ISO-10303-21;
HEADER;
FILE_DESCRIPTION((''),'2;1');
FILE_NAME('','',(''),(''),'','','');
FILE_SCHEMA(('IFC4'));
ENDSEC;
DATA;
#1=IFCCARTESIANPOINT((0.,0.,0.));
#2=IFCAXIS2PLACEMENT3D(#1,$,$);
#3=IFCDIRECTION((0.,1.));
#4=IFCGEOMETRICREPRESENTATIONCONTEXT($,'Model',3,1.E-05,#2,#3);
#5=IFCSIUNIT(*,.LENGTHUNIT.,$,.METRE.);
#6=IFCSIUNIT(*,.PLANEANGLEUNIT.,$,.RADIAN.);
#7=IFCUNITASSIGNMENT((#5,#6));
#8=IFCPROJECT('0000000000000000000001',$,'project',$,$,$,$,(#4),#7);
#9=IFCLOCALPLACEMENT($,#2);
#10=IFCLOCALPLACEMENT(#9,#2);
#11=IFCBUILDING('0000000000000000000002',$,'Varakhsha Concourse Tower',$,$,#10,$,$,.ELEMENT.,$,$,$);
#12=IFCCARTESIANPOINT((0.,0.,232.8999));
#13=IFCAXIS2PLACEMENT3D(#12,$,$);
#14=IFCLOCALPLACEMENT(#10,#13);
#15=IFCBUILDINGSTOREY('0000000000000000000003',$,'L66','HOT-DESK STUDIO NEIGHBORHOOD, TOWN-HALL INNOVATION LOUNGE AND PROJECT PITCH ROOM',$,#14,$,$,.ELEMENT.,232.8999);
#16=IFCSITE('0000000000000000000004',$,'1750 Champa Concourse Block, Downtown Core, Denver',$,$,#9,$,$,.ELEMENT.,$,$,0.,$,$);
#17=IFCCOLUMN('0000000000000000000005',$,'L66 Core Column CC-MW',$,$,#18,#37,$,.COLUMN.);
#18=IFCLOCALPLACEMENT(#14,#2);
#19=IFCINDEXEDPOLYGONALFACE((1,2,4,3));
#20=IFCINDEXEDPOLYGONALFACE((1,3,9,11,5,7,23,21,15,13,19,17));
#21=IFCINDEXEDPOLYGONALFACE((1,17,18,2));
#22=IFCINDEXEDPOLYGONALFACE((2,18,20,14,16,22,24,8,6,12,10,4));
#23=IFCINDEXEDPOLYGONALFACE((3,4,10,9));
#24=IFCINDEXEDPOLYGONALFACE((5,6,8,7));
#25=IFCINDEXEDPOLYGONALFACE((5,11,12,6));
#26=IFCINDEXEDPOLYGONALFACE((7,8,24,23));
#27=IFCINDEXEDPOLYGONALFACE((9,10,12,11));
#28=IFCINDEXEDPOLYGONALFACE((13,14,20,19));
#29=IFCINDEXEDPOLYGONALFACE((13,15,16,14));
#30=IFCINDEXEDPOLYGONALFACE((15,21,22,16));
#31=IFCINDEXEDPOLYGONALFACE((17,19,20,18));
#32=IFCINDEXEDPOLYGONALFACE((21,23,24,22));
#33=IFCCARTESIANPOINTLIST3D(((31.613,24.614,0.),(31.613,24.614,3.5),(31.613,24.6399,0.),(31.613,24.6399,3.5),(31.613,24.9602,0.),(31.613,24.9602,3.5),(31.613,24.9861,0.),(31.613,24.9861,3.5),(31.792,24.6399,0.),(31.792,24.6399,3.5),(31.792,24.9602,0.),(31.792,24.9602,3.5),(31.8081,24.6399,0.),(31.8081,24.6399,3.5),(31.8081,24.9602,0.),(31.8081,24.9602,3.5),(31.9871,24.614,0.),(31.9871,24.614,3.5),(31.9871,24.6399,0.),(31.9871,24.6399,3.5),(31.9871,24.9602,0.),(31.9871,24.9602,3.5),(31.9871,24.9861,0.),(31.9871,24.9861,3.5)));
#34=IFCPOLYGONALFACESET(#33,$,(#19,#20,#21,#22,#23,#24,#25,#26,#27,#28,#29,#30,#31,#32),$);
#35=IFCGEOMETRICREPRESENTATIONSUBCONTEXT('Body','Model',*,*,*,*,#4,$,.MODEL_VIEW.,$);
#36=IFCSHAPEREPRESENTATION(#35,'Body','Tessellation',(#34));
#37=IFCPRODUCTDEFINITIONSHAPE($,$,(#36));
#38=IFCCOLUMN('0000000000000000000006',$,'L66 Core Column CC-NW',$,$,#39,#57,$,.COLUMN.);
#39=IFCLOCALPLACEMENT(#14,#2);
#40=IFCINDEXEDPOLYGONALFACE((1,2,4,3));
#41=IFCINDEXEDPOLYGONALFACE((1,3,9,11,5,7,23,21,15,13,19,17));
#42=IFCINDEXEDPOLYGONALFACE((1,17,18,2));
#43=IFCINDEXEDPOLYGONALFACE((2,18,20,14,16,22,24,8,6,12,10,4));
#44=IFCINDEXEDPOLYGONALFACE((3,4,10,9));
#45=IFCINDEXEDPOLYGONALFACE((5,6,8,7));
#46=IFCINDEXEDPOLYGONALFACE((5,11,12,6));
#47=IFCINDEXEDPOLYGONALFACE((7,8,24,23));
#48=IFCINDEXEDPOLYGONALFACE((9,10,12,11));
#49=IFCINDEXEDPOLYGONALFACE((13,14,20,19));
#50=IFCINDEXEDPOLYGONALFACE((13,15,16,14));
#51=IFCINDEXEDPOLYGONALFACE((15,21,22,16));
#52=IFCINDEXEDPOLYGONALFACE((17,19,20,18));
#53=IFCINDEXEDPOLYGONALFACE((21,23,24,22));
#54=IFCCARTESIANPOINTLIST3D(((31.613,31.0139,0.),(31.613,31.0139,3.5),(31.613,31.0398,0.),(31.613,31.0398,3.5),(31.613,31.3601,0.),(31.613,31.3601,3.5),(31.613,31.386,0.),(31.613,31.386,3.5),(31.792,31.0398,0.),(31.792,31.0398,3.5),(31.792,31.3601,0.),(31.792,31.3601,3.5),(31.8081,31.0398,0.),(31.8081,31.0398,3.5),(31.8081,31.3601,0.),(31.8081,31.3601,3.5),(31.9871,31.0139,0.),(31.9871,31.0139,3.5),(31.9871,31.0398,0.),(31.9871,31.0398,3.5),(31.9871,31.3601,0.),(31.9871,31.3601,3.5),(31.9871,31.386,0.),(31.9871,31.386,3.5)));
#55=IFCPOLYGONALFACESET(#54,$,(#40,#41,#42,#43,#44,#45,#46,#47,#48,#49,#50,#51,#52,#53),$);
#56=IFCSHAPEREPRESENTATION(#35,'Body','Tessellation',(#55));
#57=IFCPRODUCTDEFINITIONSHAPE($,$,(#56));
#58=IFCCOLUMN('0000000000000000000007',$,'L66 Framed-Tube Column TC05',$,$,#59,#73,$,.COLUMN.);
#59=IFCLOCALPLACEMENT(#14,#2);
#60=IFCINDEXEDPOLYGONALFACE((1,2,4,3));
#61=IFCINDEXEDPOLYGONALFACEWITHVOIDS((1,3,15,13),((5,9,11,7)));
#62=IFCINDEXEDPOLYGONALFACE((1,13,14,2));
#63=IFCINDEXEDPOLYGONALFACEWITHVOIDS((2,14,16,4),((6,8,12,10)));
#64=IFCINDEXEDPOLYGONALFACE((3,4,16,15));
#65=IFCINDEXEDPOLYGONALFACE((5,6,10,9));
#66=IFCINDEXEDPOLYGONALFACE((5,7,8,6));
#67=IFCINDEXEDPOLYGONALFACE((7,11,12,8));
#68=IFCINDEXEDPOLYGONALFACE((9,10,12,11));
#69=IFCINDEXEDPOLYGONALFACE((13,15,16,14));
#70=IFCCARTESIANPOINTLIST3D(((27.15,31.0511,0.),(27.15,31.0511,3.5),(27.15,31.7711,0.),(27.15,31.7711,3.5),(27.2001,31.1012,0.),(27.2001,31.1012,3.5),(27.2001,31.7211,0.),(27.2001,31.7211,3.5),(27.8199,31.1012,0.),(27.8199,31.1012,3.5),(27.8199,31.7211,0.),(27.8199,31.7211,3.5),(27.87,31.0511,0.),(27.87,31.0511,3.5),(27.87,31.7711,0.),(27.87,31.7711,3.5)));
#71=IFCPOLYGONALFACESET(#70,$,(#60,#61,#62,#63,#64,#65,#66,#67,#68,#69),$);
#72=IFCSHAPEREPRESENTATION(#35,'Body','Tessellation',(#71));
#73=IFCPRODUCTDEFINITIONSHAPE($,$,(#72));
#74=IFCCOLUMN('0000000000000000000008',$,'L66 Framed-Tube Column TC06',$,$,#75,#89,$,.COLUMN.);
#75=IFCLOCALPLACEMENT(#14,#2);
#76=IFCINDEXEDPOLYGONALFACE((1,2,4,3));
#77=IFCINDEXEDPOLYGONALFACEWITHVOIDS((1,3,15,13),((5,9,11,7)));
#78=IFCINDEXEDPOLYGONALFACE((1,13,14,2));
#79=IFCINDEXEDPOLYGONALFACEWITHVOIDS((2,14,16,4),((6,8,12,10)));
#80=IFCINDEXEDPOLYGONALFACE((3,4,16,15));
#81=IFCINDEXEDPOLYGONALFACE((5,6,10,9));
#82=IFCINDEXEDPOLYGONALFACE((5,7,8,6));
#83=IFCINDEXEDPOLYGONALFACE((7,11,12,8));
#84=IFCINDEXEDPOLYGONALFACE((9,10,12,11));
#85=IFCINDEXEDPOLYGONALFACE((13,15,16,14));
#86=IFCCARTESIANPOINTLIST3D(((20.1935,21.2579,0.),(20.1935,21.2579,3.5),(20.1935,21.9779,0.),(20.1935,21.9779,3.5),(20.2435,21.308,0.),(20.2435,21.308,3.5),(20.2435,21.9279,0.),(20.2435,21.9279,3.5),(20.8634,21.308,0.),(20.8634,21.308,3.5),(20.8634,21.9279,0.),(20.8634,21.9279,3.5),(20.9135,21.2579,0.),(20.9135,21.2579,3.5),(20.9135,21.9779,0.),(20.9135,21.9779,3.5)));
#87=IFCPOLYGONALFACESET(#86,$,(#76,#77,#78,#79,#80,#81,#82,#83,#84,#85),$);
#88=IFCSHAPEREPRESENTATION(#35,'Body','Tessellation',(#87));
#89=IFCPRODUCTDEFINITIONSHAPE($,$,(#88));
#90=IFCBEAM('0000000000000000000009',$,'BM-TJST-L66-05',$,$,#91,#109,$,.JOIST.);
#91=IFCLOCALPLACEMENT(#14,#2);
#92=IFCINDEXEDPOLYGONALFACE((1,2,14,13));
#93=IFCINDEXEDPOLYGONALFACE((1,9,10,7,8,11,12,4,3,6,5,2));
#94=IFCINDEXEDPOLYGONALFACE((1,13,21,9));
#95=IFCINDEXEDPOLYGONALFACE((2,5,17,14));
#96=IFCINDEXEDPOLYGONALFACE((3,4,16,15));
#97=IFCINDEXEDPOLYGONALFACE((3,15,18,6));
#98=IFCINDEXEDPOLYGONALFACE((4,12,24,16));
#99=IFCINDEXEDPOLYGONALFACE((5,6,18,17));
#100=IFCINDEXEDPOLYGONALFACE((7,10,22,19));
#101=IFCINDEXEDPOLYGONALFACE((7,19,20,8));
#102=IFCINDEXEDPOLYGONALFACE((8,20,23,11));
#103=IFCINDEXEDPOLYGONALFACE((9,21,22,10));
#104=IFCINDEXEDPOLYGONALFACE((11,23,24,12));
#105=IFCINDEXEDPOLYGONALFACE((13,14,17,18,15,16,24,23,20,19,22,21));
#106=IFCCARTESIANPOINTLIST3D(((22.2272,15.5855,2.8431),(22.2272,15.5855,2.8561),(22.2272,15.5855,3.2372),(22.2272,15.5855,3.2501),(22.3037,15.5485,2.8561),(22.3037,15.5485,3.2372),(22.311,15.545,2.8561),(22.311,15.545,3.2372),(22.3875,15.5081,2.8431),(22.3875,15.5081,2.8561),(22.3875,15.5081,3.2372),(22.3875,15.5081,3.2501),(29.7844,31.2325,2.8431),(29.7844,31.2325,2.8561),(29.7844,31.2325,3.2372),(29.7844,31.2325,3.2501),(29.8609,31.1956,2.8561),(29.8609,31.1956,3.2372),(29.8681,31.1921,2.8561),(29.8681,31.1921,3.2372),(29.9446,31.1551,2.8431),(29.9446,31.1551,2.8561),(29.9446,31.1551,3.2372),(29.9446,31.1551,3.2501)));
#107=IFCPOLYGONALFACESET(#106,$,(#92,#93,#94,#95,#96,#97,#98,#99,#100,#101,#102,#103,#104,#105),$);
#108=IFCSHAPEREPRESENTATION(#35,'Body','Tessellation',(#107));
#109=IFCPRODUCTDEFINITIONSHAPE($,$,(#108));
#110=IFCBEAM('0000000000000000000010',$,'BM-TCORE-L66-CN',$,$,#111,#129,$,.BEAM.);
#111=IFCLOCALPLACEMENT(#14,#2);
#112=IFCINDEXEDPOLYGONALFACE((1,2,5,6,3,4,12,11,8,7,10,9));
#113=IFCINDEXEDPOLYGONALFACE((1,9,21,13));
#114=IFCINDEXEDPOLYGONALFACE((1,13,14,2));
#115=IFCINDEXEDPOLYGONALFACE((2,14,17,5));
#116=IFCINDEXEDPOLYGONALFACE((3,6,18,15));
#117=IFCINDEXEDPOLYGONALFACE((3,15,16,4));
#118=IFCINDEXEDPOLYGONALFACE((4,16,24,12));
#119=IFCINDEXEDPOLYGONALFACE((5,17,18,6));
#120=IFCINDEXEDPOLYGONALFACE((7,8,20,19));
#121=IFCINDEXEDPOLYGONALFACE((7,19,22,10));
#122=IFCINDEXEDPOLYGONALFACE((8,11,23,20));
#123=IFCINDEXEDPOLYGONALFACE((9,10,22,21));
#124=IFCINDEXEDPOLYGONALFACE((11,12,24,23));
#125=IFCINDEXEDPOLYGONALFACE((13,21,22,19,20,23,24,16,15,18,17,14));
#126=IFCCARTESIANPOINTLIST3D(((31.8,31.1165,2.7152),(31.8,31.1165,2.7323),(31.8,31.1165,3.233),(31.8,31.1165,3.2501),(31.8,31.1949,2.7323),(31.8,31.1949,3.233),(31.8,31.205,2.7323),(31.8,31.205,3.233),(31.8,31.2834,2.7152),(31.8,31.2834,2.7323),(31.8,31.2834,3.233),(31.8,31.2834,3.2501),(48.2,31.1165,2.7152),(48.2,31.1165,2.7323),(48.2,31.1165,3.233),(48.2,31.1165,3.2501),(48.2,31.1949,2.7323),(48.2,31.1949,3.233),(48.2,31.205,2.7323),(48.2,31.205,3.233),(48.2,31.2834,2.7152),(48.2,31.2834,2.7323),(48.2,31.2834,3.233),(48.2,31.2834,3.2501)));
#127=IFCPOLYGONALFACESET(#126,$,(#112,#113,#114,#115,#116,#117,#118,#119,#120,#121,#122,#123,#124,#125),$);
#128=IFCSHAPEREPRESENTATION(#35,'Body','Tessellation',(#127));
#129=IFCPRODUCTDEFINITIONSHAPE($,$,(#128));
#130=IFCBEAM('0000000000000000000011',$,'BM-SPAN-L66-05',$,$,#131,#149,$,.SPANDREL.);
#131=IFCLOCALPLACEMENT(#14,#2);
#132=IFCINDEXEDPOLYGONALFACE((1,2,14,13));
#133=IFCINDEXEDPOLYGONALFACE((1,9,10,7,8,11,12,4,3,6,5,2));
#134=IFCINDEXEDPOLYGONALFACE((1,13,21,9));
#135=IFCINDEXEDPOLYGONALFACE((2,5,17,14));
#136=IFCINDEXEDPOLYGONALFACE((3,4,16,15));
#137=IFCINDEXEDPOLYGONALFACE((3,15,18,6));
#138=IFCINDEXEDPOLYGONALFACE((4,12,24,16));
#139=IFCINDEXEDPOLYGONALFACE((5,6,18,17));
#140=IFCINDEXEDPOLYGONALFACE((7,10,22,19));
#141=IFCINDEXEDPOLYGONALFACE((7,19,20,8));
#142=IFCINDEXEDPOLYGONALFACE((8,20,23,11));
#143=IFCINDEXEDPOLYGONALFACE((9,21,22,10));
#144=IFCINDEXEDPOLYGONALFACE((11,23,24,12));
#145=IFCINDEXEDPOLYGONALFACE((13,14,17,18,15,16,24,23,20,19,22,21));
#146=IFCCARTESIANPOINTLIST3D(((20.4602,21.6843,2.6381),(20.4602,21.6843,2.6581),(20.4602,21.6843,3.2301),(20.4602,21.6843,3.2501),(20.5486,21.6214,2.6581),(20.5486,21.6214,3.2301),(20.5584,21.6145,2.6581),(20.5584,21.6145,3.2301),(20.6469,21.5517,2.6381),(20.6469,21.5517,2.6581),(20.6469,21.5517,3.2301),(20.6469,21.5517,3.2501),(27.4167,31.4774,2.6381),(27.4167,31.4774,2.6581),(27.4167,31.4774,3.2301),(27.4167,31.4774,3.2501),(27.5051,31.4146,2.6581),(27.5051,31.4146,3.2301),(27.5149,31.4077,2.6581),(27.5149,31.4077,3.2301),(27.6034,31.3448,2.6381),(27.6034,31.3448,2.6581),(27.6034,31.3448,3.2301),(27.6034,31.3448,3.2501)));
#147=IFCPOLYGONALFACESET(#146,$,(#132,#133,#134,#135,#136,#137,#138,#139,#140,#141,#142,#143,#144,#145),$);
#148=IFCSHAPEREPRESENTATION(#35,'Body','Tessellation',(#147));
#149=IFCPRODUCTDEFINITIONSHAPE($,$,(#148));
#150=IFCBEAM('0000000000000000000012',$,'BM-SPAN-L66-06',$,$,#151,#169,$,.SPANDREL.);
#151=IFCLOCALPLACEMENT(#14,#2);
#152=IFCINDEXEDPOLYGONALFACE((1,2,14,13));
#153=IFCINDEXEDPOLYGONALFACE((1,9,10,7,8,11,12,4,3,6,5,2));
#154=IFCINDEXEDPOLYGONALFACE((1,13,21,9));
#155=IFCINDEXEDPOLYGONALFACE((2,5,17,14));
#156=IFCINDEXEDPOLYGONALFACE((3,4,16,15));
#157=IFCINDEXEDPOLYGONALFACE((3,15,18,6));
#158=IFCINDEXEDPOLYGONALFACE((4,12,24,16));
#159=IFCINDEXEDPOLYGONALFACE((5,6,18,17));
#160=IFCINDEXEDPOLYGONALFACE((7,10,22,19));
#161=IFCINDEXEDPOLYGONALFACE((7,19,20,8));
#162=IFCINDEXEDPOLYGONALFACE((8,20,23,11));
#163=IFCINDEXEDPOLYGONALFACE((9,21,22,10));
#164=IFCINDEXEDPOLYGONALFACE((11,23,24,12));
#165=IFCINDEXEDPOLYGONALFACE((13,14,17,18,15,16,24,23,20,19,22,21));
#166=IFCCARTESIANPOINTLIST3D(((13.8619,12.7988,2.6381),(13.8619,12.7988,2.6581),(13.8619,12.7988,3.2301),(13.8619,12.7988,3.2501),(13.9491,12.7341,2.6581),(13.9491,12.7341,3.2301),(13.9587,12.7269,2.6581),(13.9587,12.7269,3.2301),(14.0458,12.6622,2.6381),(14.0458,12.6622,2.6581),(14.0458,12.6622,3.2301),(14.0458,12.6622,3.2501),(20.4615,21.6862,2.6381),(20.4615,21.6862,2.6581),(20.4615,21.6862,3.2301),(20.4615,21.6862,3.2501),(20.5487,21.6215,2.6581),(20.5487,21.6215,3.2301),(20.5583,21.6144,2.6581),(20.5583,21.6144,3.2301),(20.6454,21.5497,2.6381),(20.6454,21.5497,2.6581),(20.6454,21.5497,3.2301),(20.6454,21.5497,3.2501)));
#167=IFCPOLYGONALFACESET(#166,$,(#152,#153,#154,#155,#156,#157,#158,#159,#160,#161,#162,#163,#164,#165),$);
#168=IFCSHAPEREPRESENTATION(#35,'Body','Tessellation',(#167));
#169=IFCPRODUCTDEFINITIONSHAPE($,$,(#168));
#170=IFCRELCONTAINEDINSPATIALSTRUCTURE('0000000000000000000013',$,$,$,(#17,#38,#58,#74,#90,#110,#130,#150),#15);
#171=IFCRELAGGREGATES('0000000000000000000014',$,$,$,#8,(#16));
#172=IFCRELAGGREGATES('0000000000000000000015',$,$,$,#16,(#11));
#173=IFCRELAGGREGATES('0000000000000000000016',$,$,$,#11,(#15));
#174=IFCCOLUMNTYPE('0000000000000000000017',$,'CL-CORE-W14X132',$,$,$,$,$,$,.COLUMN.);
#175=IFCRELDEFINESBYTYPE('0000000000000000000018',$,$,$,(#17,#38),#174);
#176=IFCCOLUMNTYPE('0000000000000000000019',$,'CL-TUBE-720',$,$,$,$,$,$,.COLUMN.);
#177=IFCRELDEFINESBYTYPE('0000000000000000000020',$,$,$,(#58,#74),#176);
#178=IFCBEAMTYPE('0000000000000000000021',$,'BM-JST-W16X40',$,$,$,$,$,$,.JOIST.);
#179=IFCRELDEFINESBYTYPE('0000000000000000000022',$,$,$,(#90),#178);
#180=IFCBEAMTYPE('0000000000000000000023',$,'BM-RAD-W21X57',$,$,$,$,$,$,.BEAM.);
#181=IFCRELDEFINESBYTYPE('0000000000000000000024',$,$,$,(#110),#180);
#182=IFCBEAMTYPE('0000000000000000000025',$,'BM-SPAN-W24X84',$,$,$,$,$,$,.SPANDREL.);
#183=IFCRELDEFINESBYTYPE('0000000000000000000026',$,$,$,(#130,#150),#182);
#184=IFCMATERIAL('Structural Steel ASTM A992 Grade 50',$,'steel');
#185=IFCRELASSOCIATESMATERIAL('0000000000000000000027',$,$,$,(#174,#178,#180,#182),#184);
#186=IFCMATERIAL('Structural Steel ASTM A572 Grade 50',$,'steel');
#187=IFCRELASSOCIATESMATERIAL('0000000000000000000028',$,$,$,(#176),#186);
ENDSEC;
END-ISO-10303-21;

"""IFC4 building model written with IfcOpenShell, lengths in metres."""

from ifc_helpers import new_model, si_unit, direction, frame, origin, origin_2d, place, context, subcontext, project, spatial, hollow_rectangle, i_section, extrude, material, material_profile, profile_set, type_object, element, save


model = new_model("IFC4")

# Units and contexts
model_context = context("Model", 3, precision=1e-05, world=origin(), true_north=direction((0.0, 1.0)))
body_context = subcontext(model_context, "Body", "Model", "MODEL_VIEW")
ifc_project = project(units=[si_unit("LENGTHUNIT", "METRE"), si_unit("PLANEANGLEUNIT", "RADIAN")], contexts=[model_context])

# Site, building, storey
site_placement = place(None, origin())
site = spatial("IfcSite", under=ifc_project, at=site_placement, Name="1750 Champa Concourse Block, Downtown Core, Denver", CompositionType="ELEMENT", RefElevation=0.0)
building_placement = place(site_placement, origin())
building = spatial("IfcBuilding", under=site, at=building_placement, Name="Varakhsha Concourse Tower", CompositionType="ELEMENT")
storey_placement = place(building_placement, frame((0.0, 0.0, 232.8999)))
storey = spatial("IfcBuildingStorey", under=building, at=storey_placement, Name="L66", Description="HOT-DESK STUDIO NEIGHBORHOOD, TOWN-HALL INNOVATION LOUNGE AND PROJECT PITCH ROOM", CompositionType="ELEMENT", Elevation=232.8999)

# Columns
ifc_material_1 = material(Name="Structural Steel ASTM A992 Grade 50", Category="steel")
ifc_material_profile_1 = material_profile(ifc_material_1, i_section(OverallWidth=0.374, OverallDepth=0.3721, WebThickness=0.0161, FlangeThickness=0.0259, at=origin_2d()), Name="W14X132")
ifc_profile_set_1 = profile_set([ifc_material_profile_1], Name="Structural Steel ASTM A992 Grade 50")
column_type_1 = type_object("IfcColumnType", Name="CL-CORE-W14X132", PredefinedType="COLUMN", material=ifc_profile_set_1)
for number, where, z_axis, x_axis, name in (
    (1, (31.8, 24.8, 0.0), (0.0, 0.0, 1.0), (1.0, 0.0, 0.0), "L66 Core Column CC-MW"),
    (2, (31.8, 31.2, 0.0), (0.0, 0.0, 1.0), (1.0, 0.0, 0.0), "L66 Core Column CC-NW"),
):
    element("IfcColumn", number, at=place(storey_placement, frame(where, z_axis=z_axis, x_axis=x_axis)), inside=storey, type_object=column_type_1, Name=name, PredefinedType="COLUMN", context=body_context, shape_type="SweptSolid", body=[
        extrude(i_section(OverallWidth=0.374, OverallDepth=0.3721, WebThickness=0.0161, FlangeThickness=0.0259, at=origin_2d()), origin(), (0.0, 0.0, 1.0), 3.5),
    ])
ifc_material_2 = material(Name="Structural Steel ASTM A572 Grade 50", Category="steel")
ifc_material_profile_2 = material_profile(ifc_material_2, hollow_rectangle(XDim=0.72, YDim=0.72, WallThickness=0.05, at=origin_2d()), Name="BOX 720x720x50")
ifc_profile_set_2 = profile_set([ifc_material_profile_2], Name="Structural Steel ASTM A572 Grade 50")
column_type_2 = type_object("IfcColumnType", Name="CL-TUBE-720", PredefinedType="COLUMN", material=ifc_profile_set_2)
for number, where, z_axis, x_axis, name in (
    (3, (27.51, 31.4111, 0.0), (0.0, 0.0, 1.0), (1.0, 0.0, 0.0), "L66 Framed-Tube Column TC05"),
    (4, (20.5535, 21.6179, 0.0), (0.0, 0.0, 1.0), (1.0, 0.0, 0.0), "L66 Framed-Tube Column TC06"),
):
    element("IfcColumn", number, at=place(storey_placement, frame(where, z_axis=z_axis, x_axis=x_axis)), inside=storey, type_object=column_type_2, Name=name, PredefinedType="COLUMN", context=body_context, shape_type="SweptSolid", body=[
        extrude(hollow_rectangle(XDim=0.72, YDim=0.72, WallThickness=0.05, at=origin_2d()), origin(), (0.0, 0.0, 1.0), 3.5),
    ])

# Beams
ifc_material_profile_3 = material_profile(ifc_material_1, i_section(OverallWidth=0.178, OverallDepth=0.407, WebThickness=0.0081, FlangeThickness=0.0129, at=origin_2d()), Name="W16X40")
ifc_profile_set_3 = profile_set([ifc_material_profile_3], Name="Structural Steel ASTM A992 Grade 50")
beam_type_1 = type_object("IfcBeamType", Name="BM-JST-W16X40", PredefinedType="JOIST", material=ifc_profile_set_3)
beam_1_placement = place(storey_placement, frame((29.8645, 31.1938, 3.0466), z_axis=(-0.434909, -0.900475, 0.0), x_axis=(0.900475, -0.434909, 0.0)))
element("IfcBeam", 5, at=beam_1_placement, inside=storey, type_object=beam_type_1, Name="BM-TJST-L66-05", PredefinedType="JOIST", context=body_context, shape_type="SweptSolid", body=[
    extrude(i_section(OverallWidth=0.178, OverallDepth=0.407, WebThickness=0.0081, FlangeThickness=0.0129, at=origin_2d()), origin(), (0.0, 0.0, 1.0), 17.3765),
])
ifc_material_profile_4 = material_profile(ifc_material_1, i_section(OverallWidth=0.167, OverallDepth=0.5349, WebThickness=0.01, FlangeThickness=0.0171, at=origin_2d()), Name="W21X57")
ifc_profile_set_4 = profile_set([ifc_material_profile_4], Name="Structural Steel ASTM A992 Grade 50")
beam_type_2 = type_object("IfcBeamType", Name="BM-RAD-W21X57", PredefinedType="BEAM", material=ifc_profile_set_4)
beam_2_placement = place(storey_placement, frame((31.8, 31.2, 2.9827), z_axis=(1.0, 0.0, 0.0), x_axis=(0.0, 1.0, 0.0)))
element("IfcBeam", 6, at=beam_2_placement, inside=storey, type_object=beam_type_2, Name="BM-TCORE-L66-CN", PredefinedType="BEAM", context=body_context, shape_type="SweptSolid", body=[
    extrude(i_section(OverallWidth=0.167, OverallDepth=0.5349, WebThickness=0.01, FlangeThickness=0.0171, at=origin_2d()), origin(), (0.0, 0.0, 1.0), 16.3999),
])
ifc_material_profile_5 = material_profile(ifc_material_1, i_section(OverallWidth=0.229, OverallDepth=0.6121, WebThickness=0.012, FlangeThickness=0.02, at=origin_2d()), Name="W24X84")
ifc_profile_set_5 = profile_set([ifc_material_profile_5], Name="Structural Steel ASTM A992 Grade 50")
beam_type_3 = type_object("IfcBeamType", Name="BM-SPAN-W24X84", PredefinedType="SPANDREL", material=ifc_profile_set_5)
beam_3_placement = place(storey_placement, frame((27.51, 31.4111, 2.9441), z_axis=(-0.579108, -0.815251, 0.0), x_axis=(0.815251, -0.579108, 0.0)))
element("IfcBeam", 7, at=beam_3_placement, inside=storey, type_object=beam_type_3, Name="BM-SPAN-L66-05", PredefinedType="SPANDREL", context=body_context, shape_type="SweptSolid", body=[
    extrude(i_section(OverallWidth=0.229, OverallDepth=0.6121, WebThickness=0.012, FlangeThickness=0.02, at=origin_2d()), origin(), (0.0, 0.0, 1.0), 12.0125),
])
beam_4_placement = place(storey_placement, frame((20.5535, 21.6179, 2.9441), z_axis=(-0.596179, -0.802852, 0.0), x_axis=(0.802852, -0.596179, 0.0)))
element("IfcBeam", 8, at=beam_4_placement, inside=storey, type_object=beam_type_3, Name="BM-SPAN-L66-06", PredefinedType="SPANDREL", context=body_context, shape_type="SweptSolid", body=[
    extrude(i_section(OverallWidth=0.229, OverallDepth=0.6121, WebThickness=0.012, FlangeThickness=0.02, at=origin_2d()), origin(), (0.0, 0.0, 1.0), 11.0698),
])

save(model, "model.ifc")
